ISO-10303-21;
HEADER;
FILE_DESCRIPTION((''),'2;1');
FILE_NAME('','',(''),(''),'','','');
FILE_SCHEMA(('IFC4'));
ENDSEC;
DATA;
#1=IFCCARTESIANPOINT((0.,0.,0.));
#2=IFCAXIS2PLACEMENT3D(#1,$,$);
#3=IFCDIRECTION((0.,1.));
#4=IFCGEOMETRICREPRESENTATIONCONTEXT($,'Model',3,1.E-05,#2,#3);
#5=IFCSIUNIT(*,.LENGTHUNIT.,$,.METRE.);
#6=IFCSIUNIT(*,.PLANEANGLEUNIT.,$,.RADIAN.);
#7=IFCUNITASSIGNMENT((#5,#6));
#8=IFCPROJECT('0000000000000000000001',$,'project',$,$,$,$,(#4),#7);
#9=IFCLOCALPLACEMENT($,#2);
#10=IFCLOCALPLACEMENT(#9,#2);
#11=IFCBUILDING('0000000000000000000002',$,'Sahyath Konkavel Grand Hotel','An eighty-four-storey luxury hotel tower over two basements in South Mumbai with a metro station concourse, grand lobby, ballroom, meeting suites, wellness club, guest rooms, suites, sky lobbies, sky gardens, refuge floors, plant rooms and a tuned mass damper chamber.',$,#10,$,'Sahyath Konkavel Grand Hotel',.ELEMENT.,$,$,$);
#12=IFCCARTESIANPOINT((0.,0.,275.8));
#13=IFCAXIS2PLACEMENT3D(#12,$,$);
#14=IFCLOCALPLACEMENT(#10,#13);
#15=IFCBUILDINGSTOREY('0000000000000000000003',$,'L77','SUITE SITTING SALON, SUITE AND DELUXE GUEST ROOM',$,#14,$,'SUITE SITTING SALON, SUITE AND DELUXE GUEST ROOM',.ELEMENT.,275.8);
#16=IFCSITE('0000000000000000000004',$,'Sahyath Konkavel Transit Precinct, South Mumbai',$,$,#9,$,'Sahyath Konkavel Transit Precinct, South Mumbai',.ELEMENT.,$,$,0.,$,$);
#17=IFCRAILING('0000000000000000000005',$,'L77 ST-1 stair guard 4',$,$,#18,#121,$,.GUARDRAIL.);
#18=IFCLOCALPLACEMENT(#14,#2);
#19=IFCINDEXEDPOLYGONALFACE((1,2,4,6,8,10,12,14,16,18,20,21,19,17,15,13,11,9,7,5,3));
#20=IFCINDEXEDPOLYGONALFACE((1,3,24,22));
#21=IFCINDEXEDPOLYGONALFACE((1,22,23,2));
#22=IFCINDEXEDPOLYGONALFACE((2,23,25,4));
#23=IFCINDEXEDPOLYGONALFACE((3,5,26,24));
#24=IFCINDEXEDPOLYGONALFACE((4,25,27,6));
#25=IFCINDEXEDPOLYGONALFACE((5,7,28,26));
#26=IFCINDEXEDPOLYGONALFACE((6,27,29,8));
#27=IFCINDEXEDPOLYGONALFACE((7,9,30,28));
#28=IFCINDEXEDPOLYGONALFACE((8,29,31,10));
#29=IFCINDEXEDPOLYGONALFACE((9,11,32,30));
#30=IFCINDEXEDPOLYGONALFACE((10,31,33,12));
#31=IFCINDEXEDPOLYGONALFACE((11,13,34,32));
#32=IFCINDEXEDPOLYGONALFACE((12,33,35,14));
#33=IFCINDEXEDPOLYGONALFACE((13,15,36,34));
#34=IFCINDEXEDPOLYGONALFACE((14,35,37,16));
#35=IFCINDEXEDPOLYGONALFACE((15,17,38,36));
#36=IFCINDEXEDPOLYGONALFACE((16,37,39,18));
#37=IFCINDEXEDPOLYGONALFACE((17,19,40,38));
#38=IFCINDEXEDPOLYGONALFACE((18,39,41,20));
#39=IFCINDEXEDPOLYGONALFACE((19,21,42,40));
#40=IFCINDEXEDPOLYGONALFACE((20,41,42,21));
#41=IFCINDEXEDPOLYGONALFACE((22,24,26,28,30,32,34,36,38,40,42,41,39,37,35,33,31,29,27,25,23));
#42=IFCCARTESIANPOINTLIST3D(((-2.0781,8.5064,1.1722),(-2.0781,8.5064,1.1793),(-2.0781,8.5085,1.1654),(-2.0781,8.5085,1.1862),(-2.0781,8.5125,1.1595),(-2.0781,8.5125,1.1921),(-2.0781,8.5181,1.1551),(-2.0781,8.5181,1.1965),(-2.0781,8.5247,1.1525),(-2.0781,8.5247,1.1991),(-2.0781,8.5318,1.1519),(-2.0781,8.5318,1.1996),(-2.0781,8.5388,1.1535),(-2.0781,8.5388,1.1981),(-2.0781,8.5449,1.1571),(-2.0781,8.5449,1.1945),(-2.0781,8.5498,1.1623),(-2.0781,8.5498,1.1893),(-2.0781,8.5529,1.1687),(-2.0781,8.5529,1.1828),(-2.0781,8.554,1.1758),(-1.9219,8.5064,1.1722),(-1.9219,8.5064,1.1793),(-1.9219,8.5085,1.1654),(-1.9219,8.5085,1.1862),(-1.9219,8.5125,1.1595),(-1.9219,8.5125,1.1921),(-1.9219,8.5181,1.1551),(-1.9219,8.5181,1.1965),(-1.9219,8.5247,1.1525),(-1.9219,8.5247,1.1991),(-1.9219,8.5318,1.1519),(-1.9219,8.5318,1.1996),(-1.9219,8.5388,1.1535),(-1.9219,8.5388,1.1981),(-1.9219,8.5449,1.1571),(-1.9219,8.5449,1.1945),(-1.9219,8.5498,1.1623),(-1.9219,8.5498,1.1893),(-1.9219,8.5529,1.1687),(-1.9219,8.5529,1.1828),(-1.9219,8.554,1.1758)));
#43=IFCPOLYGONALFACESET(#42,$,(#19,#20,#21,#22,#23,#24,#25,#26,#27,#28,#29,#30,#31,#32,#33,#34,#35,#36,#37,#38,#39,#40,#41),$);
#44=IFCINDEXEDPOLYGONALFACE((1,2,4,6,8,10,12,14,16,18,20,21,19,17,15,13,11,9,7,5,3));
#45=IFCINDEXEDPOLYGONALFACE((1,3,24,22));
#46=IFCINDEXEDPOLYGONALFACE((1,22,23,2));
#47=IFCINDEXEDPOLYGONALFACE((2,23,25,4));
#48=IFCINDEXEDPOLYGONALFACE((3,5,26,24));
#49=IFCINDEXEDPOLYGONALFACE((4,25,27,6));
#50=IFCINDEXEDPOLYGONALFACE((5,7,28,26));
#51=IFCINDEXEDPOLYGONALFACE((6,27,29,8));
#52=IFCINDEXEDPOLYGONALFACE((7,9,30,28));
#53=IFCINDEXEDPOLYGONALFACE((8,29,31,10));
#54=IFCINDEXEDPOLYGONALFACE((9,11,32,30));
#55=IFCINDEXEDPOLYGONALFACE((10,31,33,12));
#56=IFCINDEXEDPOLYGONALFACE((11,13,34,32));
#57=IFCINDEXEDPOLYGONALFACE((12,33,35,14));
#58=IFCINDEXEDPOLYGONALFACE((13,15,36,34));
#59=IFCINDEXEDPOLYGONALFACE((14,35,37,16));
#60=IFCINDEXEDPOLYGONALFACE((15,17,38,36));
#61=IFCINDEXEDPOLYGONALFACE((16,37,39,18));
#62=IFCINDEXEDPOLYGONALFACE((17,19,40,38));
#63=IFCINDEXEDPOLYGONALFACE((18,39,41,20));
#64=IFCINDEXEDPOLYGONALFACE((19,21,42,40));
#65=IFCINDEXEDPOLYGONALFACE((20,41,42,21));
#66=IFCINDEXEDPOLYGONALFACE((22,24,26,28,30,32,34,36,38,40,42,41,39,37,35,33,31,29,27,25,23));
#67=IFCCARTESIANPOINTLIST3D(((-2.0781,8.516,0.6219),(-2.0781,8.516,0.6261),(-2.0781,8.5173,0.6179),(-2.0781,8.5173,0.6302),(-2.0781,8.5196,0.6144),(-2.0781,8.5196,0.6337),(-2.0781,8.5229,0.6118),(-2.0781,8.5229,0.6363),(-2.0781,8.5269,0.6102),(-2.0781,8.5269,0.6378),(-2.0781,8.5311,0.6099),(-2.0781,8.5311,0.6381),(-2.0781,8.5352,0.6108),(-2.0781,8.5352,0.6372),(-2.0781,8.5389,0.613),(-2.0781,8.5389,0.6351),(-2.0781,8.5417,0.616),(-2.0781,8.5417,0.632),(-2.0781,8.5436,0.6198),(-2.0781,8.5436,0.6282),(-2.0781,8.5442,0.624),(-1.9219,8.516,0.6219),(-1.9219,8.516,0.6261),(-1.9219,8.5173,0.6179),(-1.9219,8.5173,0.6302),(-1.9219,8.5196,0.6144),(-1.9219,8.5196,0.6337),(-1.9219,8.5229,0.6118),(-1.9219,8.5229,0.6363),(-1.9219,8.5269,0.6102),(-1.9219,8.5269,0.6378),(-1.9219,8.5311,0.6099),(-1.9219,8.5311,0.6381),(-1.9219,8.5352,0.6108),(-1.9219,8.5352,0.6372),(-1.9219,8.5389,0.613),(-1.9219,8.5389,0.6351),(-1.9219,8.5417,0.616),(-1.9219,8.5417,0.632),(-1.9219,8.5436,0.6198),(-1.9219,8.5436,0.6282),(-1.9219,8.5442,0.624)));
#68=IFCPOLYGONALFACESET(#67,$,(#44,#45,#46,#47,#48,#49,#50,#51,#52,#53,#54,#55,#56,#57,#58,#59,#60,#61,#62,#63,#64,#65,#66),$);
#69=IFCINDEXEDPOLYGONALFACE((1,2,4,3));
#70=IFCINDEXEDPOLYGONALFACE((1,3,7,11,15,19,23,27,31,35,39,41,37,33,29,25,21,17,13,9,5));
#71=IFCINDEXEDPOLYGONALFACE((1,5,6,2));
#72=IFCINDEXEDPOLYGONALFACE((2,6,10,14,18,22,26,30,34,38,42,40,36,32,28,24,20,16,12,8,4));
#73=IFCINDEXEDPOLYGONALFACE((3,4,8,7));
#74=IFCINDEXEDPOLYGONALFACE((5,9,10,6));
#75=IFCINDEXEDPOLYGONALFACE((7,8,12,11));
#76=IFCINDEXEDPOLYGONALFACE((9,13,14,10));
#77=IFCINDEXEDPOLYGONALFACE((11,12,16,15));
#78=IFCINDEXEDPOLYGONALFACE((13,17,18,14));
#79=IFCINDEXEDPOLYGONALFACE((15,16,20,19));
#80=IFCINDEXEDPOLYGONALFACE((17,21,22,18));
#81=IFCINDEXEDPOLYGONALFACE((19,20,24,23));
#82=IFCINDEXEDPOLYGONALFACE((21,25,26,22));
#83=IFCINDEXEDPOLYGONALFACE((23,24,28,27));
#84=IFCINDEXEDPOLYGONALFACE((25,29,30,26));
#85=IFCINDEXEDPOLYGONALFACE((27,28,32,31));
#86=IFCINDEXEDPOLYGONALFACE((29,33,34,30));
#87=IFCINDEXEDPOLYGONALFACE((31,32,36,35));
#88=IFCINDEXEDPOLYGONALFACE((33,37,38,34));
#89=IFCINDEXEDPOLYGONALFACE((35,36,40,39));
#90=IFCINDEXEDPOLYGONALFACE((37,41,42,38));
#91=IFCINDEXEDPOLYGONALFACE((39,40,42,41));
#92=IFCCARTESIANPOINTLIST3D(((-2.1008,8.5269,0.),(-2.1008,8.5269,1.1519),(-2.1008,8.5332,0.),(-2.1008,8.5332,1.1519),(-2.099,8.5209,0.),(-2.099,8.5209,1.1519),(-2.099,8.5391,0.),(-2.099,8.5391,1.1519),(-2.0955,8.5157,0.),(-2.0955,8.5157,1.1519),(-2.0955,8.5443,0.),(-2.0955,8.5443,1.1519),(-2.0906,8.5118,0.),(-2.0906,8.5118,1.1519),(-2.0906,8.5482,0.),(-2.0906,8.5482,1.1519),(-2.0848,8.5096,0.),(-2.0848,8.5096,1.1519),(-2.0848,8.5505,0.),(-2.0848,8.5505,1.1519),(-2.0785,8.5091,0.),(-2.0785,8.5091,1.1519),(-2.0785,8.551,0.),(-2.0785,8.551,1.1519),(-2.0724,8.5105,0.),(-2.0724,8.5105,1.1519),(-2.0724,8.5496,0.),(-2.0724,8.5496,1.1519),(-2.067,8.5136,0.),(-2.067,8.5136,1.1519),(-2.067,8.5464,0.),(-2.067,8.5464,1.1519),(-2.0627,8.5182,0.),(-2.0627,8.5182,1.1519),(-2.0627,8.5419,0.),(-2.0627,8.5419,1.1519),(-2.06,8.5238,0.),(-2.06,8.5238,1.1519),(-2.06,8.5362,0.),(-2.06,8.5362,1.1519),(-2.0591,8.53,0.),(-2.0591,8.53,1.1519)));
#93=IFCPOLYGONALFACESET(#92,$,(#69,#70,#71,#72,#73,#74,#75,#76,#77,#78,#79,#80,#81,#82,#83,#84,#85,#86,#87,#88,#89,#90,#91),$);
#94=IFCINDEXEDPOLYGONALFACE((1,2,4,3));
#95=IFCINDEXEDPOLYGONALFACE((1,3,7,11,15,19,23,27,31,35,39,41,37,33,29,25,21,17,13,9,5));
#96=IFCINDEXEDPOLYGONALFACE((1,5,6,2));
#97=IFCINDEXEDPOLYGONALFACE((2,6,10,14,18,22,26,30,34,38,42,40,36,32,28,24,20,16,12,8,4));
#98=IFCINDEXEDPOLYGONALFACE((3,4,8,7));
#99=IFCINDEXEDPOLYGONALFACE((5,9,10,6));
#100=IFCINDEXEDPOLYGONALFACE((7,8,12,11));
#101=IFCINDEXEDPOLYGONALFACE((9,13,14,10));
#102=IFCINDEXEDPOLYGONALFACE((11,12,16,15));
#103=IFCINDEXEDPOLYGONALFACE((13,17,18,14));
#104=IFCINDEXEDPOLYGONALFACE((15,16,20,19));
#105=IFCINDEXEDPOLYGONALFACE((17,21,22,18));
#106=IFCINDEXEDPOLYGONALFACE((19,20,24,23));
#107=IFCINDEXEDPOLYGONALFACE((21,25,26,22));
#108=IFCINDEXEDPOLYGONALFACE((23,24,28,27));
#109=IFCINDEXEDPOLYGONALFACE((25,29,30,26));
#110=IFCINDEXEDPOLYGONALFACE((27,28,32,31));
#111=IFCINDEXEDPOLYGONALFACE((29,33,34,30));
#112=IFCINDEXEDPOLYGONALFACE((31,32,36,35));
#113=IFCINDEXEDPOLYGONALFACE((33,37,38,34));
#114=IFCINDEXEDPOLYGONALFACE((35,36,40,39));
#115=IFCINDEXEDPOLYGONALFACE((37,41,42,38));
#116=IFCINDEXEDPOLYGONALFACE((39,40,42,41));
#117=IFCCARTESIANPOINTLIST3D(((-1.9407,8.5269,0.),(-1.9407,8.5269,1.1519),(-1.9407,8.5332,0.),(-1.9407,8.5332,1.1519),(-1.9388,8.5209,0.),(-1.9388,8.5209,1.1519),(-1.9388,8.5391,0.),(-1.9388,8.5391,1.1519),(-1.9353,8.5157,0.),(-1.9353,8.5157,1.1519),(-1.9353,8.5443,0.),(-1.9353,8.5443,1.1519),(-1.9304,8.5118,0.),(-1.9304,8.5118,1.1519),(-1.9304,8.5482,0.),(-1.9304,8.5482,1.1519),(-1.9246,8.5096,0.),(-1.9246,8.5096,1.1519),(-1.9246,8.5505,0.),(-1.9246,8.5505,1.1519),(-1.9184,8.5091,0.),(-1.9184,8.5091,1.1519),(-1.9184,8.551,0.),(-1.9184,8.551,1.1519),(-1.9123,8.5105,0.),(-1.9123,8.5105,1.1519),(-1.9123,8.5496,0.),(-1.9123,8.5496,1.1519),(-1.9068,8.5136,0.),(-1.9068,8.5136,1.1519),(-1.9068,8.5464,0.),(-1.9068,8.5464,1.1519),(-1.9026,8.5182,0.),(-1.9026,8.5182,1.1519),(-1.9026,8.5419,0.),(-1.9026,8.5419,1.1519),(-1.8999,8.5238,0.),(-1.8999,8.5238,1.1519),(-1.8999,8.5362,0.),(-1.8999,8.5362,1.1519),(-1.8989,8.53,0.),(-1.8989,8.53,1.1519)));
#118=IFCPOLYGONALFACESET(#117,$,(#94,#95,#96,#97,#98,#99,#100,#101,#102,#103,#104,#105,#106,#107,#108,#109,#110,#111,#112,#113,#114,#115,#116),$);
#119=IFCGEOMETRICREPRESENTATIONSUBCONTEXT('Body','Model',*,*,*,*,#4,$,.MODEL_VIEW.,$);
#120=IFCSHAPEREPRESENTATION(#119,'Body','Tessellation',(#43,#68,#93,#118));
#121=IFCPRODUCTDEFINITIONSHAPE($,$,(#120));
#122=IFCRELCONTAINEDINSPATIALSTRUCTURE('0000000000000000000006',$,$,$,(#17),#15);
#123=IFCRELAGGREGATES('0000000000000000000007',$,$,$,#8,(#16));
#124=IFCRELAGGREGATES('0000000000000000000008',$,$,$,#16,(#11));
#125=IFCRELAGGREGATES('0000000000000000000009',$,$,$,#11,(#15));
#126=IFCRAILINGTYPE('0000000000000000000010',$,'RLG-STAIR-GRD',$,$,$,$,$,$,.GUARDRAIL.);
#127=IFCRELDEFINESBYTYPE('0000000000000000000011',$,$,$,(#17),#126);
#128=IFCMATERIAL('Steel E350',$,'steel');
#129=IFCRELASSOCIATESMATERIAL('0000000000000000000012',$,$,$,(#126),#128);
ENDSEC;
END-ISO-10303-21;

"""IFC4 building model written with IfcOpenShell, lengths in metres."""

from ifc_helpers import new_model, si_unit, direction, frame, origin, origin_2d, place, context, subcontext, project, spatial, circle, extrude, material, type_object, element, save


model = new_model("IFC4")

# Units and contexts
model_context = context("Model", 3, precision=1e-05, world=origin(), true_north=direction((0.0, 1.0)))
body_context = subcontext(model_context, "Body", "Model", "MODEL_VIEW")
ifc_project = project(units=[si_unit("LENGTHUNIT", "METRE"), si_unit("PLANEANGLEUNIT", "RADIAN")], contexts=[model_context])

# Site, building, storey
site_placement = place(None, origin())
site = spatial("IfcSite", under=ifc_project, at=site_placement, Name="Sahyath Konkavel Transit Precinct, South Mumbai", LongName="Sahyath Konkavel Transit Precinct, South Mumbai", CompositionType="ELEMENT", RefElevation=0.0)
building_placement = place(site_placement, origin())
building = spatial("IfcBuilding", under=site, at=building_placement, Name="Sahyath Konkavel Grand Hotel", Description="An eighty-four-storey luxury hotel tower over two basements in South Mumbai with a metro station concourse, grand lobby, ballroom, meeting suites, wellness club, guest rooms, suites, sky lobbies, sky gardens, refuge floors, plant rooms and a tuned mass damper chamber.", LongName="Sahyath Konkavel Grand Hotel", CompositionType="ELEMENT")
storey_placement = place(building_placement, frame((0.0, 0.0, 275.8)))
storey = spatial("IfcBuildingStorey", under=building, at=storey_placement, Name="L77", Description="SUITE SITTING SALON, SUITE AND DELUXE GUEST ROOM", LongName="SUITE SITTING SALON, SUITE AND DELUXE GUEST ROOM", CompositionType="ELEMENT", Elevation=275.8)

# Shared definitions
ifc_material_1 = material(Name="Steel E350", Category="steel")

# Railing
railing_type_1 = type_object("IfcRailingType", Name="RLG-STAIR-GRD", PredefinedType="GUARDRAIL", material=ifc_material_1)
railing_1_placement = place(storey_placement, frame((-2.0801, 8.53, 0.0)))
element("IfcRailing", 1, at=railing_1_placement, inside=storey, type_object=railing_type_1, Name="L77 ST-1 stair guard 4", PredefinedType="GUARDRAIL", context=body_context, shape_type="SweptSolid", body=[
    extrude(circle(Radius=0.0239, at=origin_2d()), frame((0.002, 0.0, 1.1758), z_axis=(1.0, 0.0, 0.0), x_axis=(0.0, 1.0, 0.0)), (0.0, 0.0, 1.0), 0.1562),
    extrude(circle(Radius=0.0142, at=origin_2d()), frame((0.002, 0.0, 0.624), z_axis=(1.0, 0.0, 0.0), x_axis=(0.0, 1.0, 0.0)), (0.0, 0.0, 1.0), 0.1562),
    extrude(circle(Radius=0.021, at=origin_2d()), origin(), (0.0, 0.0, 1.0), 1.1519),
    extrude(circle(Radius=0.021, at=origin_2d()), frame((0.1602, 0.0, 0.0)), (0.0, 0.0, 1.0), 1.1519),
])

save(model, "model.ifc")
